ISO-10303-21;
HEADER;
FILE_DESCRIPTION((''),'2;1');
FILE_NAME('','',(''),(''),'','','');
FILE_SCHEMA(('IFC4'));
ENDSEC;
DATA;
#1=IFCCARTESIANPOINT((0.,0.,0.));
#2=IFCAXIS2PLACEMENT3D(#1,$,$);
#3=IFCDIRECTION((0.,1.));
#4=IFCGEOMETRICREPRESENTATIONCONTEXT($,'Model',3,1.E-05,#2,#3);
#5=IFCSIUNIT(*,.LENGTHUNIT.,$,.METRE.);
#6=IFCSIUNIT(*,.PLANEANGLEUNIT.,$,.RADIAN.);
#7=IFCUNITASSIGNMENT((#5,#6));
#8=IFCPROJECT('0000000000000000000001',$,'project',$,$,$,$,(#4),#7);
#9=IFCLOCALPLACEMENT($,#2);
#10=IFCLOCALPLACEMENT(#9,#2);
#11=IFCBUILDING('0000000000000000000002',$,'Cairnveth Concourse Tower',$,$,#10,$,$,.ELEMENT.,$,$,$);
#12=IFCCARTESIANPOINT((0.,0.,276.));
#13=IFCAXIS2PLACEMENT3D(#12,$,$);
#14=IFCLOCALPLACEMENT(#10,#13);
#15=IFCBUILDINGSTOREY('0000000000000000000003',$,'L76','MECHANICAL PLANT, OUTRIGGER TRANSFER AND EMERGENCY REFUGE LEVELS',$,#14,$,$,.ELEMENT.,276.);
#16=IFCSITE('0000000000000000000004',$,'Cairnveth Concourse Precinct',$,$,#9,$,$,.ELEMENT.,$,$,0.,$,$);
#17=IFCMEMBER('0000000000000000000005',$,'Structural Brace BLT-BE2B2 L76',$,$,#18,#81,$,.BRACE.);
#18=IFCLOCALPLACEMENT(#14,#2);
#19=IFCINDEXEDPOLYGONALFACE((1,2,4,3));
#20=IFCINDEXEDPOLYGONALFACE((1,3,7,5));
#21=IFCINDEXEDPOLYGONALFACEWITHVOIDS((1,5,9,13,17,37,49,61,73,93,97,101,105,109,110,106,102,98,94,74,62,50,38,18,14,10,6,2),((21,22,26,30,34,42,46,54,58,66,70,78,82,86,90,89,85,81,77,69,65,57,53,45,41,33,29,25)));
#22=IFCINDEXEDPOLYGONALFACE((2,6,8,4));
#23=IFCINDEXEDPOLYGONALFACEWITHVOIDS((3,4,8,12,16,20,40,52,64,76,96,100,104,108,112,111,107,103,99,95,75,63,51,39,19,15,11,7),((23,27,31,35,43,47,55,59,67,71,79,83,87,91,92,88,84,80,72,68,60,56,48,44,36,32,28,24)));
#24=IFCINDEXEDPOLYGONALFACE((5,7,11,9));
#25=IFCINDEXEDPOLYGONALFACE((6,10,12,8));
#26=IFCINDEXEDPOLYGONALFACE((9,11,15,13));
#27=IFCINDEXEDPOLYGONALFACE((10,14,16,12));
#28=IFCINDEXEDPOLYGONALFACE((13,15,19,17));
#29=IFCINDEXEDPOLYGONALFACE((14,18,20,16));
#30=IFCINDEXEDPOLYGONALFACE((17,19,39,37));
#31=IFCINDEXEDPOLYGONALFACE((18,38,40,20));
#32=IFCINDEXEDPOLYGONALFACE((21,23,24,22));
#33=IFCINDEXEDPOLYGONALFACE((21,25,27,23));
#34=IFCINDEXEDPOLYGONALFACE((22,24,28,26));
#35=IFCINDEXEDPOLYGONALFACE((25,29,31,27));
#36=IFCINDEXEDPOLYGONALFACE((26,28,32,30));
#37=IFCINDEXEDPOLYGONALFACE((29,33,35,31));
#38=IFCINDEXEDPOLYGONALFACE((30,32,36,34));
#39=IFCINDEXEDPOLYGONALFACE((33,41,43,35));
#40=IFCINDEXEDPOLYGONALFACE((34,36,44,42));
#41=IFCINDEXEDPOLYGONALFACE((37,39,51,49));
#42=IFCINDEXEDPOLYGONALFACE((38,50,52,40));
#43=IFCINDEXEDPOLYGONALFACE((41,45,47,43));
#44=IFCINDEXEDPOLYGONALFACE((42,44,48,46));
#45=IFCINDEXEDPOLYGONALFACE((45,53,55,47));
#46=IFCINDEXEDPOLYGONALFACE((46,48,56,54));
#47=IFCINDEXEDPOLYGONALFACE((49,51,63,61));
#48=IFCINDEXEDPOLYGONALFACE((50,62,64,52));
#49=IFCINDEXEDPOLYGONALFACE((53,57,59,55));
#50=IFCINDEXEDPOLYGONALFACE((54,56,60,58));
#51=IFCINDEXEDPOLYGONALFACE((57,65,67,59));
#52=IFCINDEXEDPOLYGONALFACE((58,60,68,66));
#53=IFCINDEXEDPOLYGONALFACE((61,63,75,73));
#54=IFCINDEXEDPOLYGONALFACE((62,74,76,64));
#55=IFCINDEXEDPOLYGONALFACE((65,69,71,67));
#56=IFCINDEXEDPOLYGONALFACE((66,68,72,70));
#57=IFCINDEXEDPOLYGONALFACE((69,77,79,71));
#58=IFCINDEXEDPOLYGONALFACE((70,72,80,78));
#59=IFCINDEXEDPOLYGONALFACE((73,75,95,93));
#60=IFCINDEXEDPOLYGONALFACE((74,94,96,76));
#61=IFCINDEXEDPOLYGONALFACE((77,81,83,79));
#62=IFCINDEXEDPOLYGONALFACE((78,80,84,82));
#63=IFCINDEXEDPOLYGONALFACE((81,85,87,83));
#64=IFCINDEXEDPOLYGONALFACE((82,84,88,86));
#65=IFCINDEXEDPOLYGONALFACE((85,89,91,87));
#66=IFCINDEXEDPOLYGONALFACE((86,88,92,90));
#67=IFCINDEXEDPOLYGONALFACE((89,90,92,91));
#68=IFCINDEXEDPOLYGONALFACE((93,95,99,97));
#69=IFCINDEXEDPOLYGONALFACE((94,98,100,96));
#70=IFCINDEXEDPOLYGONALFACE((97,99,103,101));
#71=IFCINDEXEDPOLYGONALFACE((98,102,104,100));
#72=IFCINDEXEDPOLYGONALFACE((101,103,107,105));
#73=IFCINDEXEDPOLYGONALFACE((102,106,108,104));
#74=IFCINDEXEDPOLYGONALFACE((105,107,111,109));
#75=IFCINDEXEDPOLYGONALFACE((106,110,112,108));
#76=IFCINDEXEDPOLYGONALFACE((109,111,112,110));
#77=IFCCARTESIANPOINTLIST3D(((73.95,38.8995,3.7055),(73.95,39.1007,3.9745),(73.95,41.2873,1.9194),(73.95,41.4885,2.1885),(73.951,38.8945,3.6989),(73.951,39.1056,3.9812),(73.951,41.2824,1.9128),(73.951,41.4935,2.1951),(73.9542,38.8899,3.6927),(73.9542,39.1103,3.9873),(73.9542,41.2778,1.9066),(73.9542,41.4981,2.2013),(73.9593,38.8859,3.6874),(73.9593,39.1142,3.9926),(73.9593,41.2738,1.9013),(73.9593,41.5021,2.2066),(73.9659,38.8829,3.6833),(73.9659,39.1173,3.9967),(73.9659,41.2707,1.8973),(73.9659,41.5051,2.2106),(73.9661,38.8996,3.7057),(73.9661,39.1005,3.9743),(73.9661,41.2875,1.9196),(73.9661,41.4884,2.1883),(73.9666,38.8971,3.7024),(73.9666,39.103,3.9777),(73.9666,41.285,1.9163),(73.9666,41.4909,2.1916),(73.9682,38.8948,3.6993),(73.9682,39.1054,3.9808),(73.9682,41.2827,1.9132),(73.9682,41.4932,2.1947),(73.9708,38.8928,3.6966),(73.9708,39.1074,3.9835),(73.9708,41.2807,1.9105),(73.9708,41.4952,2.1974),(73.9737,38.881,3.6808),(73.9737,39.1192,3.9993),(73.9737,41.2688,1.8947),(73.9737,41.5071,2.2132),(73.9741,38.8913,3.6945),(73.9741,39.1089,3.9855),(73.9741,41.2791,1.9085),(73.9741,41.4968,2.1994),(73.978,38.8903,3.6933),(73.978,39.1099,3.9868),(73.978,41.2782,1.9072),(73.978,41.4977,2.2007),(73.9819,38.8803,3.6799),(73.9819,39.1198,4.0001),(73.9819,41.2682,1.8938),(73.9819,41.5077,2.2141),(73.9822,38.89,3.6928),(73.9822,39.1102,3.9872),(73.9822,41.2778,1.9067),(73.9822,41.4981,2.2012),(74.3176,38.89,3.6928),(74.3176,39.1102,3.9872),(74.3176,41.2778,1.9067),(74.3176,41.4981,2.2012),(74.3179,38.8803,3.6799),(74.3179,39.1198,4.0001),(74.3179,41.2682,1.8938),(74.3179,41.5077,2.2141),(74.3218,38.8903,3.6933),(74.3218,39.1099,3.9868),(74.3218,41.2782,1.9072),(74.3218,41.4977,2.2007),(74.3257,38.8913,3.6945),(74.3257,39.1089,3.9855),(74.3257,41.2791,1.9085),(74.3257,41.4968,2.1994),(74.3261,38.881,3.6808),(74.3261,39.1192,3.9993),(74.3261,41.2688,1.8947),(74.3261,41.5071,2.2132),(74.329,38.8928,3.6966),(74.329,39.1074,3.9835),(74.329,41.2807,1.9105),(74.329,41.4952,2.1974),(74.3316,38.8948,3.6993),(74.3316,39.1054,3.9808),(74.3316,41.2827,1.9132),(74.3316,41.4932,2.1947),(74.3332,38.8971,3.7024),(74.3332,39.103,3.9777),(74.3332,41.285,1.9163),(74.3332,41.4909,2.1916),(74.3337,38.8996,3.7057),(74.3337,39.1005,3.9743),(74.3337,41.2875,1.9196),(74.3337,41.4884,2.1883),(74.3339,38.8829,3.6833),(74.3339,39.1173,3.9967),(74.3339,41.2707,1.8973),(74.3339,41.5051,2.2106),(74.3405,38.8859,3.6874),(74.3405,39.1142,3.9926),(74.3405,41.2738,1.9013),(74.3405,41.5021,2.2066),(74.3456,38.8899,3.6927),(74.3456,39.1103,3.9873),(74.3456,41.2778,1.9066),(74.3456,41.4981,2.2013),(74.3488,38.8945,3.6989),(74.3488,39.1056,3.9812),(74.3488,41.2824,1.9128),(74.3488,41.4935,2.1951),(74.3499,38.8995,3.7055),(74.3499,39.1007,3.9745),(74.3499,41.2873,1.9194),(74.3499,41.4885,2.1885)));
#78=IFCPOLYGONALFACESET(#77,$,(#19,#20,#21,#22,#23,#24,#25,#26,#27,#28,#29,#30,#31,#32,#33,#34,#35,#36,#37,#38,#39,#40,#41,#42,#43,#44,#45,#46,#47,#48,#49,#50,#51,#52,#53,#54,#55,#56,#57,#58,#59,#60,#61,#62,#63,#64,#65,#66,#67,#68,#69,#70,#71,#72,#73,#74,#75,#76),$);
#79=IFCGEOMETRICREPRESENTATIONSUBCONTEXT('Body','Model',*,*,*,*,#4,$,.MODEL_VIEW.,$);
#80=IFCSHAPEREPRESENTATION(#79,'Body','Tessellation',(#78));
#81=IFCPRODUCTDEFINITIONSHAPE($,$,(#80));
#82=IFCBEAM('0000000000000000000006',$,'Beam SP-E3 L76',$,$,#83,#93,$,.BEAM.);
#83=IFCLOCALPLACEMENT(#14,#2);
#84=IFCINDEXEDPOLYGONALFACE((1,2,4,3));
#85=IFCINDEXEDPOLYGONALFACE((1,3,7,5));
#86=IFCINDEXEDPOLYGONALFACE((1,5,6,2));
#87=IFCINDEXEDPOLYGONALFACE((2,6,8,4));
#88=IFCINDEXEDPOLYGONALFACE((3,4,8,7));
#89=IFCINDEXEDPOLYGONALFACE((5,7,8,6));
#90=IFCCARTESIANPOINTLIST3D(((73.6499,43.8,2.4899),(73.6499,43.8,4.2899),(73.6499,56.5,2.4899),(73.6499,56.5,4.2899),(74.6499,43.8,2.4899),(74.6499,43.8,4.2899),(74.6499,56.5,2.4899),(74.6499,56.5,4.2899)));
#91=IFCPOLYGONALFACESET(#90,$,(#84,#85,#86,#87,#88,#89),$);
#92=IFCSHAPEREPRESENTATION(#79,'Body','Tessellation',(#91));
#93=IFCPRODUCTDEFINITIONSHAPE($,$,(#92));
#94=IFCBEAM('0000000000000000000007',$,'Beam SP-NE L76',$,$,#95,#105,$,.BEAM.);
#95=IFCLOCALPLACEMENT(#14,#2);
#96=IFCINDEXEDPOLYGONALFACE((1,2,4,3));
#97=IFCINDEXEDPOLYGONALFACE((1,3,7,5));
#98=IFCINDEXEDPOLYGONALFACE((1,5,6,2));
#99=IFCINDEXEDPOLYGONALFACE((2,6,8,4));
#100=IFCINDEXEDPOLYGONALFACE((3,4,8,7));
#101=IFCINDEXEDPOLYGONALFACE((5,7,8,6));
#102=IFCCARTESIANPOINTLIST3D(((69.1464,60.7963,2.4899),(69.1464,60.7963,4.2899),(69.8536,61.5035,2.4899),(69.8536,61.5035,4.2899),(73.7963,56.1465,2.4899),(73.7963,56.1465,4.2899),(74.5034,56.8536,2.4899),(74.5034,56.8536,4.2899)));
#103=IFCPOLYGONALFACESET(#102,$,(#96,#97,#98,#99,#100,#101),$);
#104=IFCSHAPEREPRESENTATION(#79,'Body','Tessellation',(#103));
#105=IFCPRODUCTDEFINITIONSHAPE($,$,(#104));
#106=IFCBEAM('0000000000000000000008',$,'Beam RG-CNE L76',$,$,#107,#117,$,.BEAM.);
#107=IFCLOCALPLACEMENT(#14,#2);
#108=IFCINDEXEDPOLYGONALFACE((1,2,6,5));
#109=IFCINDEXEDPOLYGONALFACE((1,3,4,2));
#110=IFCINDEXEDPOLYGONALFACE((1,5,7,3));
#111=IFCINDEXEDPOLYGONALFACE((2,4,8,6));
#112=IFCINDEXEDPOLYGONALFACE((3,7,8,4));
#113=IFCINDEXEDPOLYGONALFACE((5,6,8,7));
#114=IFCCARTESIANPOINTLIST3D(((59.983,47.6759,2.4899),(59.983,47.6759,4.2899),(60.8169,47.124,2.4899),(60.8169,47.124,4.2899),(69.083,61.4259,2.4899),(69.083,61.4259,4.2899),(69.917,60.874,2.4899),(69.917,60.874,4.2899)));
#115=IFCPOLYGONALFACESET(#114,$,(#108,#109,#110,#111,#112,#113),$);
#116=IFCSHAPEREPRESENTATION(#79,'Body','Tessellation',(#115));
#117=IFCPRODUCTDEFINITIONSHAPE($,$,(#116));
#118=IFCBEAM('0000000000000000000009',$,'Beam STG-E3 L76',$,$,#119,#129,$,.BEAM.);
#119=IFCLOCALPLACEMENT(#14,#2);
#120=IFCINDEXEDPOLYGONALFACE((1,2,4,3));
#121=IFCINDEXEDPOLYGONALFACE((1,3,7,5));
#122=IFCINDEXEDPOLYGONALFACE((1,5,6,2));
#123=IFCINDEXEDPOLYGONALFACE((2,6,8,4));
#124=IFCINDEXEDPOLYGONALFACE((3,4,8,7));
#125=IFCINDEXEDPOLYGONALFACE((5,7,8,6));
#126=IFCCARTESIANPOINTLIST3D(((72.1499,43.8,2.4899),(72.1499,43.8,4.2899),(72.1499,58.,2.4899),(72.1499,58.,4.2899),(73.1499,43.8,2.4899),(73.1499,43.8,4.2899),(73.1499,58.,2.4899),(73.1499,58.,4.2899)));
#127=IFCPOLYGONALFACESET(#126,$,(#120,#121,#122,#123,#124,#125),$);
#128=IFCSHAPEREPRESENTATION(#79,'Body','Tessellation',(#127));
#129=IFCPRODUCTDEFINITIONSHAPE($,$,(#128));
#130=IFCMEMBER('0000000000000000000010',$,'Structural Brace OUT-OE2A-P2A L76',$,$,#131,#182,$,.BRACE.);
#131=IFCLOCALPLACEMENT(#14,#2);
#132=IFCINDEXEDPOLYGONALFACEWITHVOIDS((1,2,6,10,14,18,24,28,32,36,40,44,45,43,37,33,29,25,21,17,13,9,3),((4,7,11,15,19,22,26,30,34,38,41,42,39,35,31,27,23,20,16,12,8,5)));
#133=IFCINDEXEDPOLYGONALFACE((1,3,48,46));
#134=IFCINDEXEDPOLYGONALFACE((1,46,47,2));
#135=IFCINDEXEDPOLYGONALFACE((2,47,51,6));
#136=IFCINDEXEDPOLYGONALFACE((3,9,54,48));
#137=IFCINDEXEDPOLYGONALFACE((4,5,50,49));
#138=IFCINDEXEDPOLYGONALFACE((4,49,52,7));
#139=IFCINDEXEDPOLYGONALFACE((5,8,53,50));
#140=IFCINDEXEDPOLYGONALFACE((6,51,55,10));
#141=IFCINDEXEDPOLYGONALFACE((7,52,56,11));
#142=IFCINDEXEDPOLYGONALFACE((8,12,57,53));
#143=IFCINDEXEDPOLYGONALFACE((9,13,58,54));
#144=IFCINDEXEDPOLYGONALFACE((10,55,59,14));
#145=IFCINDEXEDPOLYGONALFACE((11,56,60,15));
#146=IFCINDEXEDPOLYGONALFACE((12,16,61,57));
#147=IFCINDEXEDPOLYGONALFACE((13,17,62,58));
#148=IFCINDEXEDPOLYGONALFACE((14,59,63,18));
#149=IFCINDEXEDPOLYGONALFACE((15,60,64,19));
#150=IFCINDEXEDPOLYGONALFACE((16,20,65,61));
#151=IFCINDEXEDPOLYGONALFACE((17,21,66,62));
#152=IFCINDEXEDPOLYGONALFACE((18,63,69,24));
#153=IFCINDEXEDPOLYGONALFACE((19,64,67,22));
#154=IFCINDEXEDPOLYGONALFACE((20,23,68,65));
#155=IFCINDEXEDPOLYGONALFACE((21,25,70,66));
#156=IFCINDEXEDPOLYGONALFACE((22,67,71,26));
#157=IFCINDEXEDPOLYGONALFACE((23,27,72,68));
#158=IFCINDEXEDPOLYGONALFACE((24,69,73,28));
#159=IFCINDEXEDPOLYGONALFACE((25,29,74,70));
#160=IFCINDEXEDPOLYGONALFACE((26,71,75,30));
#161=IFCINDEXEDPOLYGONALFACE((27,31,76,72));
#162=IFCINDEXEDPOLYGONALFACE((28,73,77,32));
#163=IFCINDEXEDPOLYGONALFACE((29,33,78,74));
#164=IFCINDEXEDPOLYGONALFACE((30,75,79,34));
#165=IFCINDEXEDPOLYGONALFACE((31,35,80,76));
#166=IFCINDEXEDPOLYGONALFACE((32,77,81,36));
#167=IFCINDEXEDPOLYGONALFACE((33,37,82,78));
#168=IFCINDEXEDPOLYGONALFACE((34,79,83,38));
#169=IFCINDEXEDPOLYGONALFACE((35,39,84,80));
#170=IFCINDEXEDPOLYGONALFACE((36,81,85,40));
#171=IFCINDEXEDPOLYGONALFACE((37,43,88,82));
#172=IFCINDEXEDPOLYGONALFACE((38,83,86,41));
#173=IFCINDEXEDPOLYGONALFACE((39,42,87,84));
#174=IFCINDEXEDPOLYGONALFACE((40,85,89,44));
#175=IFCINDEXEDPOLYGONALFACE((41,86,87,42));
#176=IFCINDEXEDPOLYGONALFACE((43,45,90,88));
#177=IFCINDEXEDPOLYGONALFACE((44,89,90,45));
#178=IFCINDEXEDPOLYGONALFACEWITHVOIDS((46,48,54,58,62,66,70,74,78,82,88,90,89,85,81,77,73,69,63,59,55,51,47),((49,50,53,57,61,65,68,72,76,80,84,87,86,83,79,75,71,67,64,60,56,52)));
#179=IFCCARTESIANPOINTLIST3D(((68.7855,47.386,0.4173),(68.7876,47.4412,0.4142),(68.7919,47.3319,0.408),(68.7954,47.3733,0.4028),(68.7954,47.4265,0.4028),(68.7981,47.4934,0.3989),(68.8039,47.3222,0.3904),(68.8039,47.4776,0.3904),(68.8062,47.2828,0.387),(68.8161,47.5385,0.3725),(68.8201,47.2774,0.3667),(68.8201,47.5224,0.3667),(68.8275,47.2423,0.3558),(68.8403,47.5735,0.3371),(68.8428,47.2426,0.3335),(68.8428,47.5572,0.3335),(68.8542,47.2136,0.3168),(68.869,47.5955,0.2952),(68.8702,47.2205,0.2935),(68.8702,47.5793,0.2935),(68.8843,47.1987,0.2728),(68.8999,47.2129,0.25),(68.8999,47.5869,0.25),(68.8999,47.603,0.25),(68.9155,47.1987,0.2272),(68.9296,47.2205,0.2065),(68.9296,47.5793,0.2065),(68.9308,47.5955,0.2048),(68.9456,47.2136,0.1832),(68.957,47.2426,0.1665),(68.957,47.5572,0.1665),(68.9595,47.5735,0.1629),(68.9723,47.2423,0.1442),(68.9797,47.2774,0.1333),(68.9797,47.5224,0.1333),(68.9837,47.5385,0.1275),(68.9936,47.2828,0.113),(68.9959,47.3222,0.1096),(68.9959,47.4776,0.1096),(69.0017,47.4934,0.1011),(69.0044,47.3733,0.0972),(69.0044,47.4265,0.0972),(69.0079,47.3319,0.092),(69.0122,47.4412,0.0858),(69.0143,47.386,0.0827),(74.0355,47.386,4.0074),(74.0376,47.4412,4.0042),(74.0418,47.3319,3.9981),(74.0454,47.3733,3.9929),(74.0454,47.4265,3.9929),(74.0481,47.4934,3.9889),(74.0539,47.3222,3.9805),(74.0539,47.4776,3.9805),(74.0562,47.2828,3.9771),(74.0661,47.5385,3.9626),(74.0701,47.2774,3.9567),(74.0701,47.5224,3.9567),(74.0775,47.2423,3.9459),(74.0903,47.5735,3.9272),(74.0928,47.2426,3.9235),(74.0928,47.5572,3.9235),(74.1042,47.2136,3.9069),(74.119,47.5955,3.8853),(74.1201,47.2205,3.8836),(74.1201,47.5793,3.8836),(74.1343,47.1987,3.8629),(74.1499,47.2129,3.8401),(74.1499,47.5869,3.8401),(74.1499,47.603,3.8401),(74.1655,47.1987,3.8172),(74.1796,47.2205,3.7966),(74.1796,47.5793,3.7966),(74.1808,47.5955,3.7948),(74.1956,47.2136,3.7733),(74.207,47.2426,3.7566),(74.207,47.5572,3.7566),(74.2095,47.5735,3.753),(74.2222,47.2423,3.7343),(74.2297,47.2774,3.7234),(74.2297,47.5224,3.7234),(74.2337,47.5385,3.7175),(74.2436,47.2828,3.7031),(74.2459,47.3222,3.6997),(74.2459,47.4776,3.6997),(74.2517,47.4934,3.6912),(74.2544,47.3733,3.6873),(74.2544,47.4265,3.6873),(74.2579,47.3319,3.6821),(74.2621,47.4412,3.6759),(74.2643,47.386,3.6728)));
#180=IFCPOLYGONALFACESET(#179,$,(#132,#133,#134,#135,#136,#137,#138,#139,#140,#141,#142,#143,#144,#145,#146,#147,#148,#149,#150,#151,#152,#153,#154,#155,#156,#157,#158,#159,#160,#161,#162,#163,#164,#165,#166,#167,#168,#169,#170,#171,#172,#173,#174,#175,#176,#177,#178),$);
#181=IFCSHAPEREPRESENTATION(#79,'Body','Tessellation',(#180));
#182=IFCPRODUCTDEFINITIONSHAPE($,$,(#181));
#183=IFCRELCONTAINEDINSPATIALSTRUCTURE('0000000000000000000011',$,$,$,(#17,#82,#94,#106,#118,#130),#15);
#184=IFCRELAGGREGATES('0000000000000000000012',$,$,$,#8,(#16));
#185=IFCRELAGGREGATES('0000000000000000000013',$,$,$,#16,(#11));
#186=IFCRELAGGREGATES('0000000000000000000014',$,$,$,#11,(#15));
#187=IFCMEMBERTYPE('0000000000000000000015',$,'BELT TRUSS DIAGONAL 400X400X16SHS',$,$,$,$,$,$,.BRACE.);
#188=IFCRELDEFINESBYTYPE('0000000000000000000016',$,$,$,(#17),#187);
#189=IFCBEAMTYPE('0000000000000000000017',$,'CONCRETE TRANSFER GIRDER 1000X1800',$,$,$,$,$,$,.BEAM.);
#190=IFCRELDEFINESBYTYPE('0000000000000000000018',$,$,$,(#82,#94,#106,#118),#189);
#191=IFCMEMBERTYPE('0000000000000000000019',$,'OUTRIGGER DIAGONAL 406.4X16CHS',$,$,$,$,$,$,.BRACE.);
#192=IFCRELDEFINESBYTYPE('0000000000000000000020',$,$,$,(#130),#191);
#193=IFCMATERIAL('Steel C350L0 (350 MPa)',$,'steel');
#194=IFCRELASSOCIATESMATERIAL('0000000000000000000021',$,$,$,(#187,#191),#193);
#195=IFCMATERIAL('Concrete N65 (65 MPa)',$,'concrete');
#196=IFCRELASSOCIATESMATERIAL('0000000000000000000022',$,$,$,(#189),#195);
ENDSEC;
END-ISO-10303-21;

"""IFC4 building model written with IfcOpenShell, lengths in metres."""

from ifc_helpers import new_model, si_unit, direction, frame, origin, origin_2d, place, context, subcontext, project, spatial, rectangle, hollow_rectangle, hollow_circle, extrude, material, material_profile, profile_set, type_object, element, save


model = new_model("IFC4")

# Units and contexts
model_context = context("Model", 3, precision=1e-05, world=origin(), true_north=direction((0.0, 1.0)))
body_context = subcontext(model_context, "Body", "Model", "MODEL_VIEW")
ifc_project = project(units=[si_unit("LENGTHUNIT", "METRE"), si_unit("PLANEANGLEUNIT", "RADIAN")], contexts=[model_context])

# Site, building, storey
site_placement = place(None, origin())
site = spatial("IfcSite", under=ifc_project, at=site_placement, Name="Cairnveth Concourse Precinct", CompositionType="ELEMENT", RefElevation=0.0)
building_placement = place(site_placement, origin())
building = spatial("IfcBuilding", under=site, at=building_placement, Name="Cairnveth Concourse Tower", CompositionType="ELEMENT")
storey_placement = place(building_placement, frame((0.0, 0.0, 276.0)))
storey = spatial("IfcBuildingStorey", under=building, at=storey_placement, Name="L76", Description="MECHANICAL PLANT, OUTRIGGER TRANSFER AND EMERGENCY REFUGE LEVELS", CompositionType="ELEMENT", Elevation=276.0)

# Shared definitions
ifc_material_1 = material(Name="Concrete N65 (65 MPa)", Category="concrete")

# Member
ifc_material_2 = material(Name="Steel C350L0 (350 MPa)", Category="steel")
ifc_material_profile_1 = material_profile(ifc_material_2, hollow_rectangle(XDim=0.3999, YDim=0.3999, WallThickness=0.0161, InnerFilletRadius=0.0161, OuterFilletRadius=0.032, at=origin_2d()), Name="400x400x16.0SHS")
ifc_profile_set_1 = profile_set([ifc_material_profile_1], Name="Steel C350L0 (350 MPa)")
member_type_1 = type_object("IfcMemberType", Name="BELT TRUSS DIAGONAL 400X400X16SHS", PredefinedType="BRACE", material=ifc_profile_set_1)
for number, where, z_axis, x_axis, name in (
    (1, (74.1499, 41.3879, 2.054), (0.0, -0.800775, 0.598965), (1.0, 0.0, 0.0), "Structural Brace BLT-BE2B2 L76"),
):
    element("IfcMember", number, at=place(storey_placement, frame(where, z_axis=z_axis, x_axis=x_axis)), inside=storey, type_object=member_type_1, Name=name, PredefinedType="BRACE", context=body_context, shape_type="SweptSolid", body=[
        extrude(hollow_rectangle(XDim=0.3999, YDim=0.3999, WallThickness=0.0161, InnerFilletRadius=0.0161, OuterFilletRadius=0.032, at=origin_2d()), origin(), (0.0, 0.0, 1.0), 2.9819),
    ])

# Beams
ifc_material_profile_2 = material_profile(ifc_material_1, rectangle(XDim=1.0, YDim=1.8, at=origin_2d()), Name="RC-TB-1000x1800")
ifc_profile_set_2 = profile_set([ifc_material_profile_2], Name="Concrete N65 (65 MPa)")
beam_type_1 = type_object("IfcBeamType", Name="CONCRETE TRANSFER GIRDER 1000X1800", PredefinedType="BEAM", material=ifc_profile_set_2)
beam_1_placement = place(storey_placement, frame((74.1499, 43.8, 3.3899), z_axis=(0.0, 1.0, 0.0), x_axis=(-1.0, 0.0, 0.0)))
element("IfcBeam", 2, at=beam_1_placement, inside=storey, type_object=beam_type_1, Name="Beam SP-E3 L76", PredefinedType="BEAM", context=body_context, shape_type="SweptSolid", body=[
    extrude(rectangle(XDim=1.0, YDim=1.8, at=origin_2d()), origin(), (0.0, 0.0, 1.0), 12.7),
])
beam_2_placement = place(storey_placement, frame((69.5, 61.1499, 3.3899), z_axis=(0.707107, -0.707107, 0.0), x_axis=(0.707107, 0.707107, 0.0)))
element("IfcBeam", 3, at=beam_2_placement, inside=storey, type_object=beam_type_1, Name="Beam SP-NE L76", PredefinedType="BEAM", context=body_context, shape_type="SweptSolid", body=[
    extrude(rectangle(XDim=1.0, YDim=1.8, at=origin_2d()), origin(), (0.0, 0.0, 1.0), 6.5759),
])
beam_3_placement = place(storey_placement, frame((69.5, 61.1499, 3.3899), z_axis=(-0.551902, -0.833909, 0.0), x_axis=(0.833909, -0.551902, 0.0)))
element("IfcBeam", 4, at=beam_3_placement, inside=storey, type_object=beam_type_1, Name="Beam RG-CNE L76", PredefinedType="BEAM", context=body_context, shape_type="SweptSolid", body=[
    extrude(rectangle(XDim=1.0, YDim=1.8, at=origin_2d()), origin(), (0.0, 0.0, 1.0), 16.4885),
])
beam_4_placement = place(storey_placement, frame((72.6499, 43.8, 3.3899), z_axis=(0.0, 1.0, 0.0), x_axis=(-1.0, 0.0, 0.0)))
element("IfcBeam", 5, at=beam_4_placement, inside=storey, type_object=beam_type_1, Name="Beam STG-E3 L76", PredefinedType="BEAM", context=body_context, shape_type="SweptSolid", body=[
    extrude(rectangle(XDim=1.0, YDim=1.8, at=origin_2d()), origin(), (0.0, 0.0, 1.0), 14.2),
])

# Member
ifc_material_profile_3 = material_profile(ifc_material_2, hollow_circle(Radius=0.2031, WallThickness=0.0161, at=origin_2d()), Name="406.4x16.0CHS")
ifc_profile_set_3 = profile_set([ifc_material_profile_3], Name="Steel C350L0 (350 MPa)")
member_type_2 = type_object("IfcMemberType", Name="OUTRIGGER DIAGONAL 406.4X16CHS", PredefinedType="BRACE", material=ifc_profile_set_3)
member_1_placement = place(storey_placement, frame((68.8999, 47.3999, 0.25), z_axis=(0.825455, 0.0, 0.564468), x_axis=(0.0, 1.0, 0.0)))
element("IfcMember", 6, at=member_1_placement, inside=storey, type_object=member_type_2, Name="Structural Brace OUT-OE2A-P2A L76", PredefinedType="BRACE", context=body_context, shape_type="SweptSolid", body=[
    extrude(hollow_circle(Radius=0.2031, WallThickness=0.0161, at=origin_2d()), origin(), (0.0, 0.0, 1.0), 6.3601),
])

save(model, "model.ifc")
